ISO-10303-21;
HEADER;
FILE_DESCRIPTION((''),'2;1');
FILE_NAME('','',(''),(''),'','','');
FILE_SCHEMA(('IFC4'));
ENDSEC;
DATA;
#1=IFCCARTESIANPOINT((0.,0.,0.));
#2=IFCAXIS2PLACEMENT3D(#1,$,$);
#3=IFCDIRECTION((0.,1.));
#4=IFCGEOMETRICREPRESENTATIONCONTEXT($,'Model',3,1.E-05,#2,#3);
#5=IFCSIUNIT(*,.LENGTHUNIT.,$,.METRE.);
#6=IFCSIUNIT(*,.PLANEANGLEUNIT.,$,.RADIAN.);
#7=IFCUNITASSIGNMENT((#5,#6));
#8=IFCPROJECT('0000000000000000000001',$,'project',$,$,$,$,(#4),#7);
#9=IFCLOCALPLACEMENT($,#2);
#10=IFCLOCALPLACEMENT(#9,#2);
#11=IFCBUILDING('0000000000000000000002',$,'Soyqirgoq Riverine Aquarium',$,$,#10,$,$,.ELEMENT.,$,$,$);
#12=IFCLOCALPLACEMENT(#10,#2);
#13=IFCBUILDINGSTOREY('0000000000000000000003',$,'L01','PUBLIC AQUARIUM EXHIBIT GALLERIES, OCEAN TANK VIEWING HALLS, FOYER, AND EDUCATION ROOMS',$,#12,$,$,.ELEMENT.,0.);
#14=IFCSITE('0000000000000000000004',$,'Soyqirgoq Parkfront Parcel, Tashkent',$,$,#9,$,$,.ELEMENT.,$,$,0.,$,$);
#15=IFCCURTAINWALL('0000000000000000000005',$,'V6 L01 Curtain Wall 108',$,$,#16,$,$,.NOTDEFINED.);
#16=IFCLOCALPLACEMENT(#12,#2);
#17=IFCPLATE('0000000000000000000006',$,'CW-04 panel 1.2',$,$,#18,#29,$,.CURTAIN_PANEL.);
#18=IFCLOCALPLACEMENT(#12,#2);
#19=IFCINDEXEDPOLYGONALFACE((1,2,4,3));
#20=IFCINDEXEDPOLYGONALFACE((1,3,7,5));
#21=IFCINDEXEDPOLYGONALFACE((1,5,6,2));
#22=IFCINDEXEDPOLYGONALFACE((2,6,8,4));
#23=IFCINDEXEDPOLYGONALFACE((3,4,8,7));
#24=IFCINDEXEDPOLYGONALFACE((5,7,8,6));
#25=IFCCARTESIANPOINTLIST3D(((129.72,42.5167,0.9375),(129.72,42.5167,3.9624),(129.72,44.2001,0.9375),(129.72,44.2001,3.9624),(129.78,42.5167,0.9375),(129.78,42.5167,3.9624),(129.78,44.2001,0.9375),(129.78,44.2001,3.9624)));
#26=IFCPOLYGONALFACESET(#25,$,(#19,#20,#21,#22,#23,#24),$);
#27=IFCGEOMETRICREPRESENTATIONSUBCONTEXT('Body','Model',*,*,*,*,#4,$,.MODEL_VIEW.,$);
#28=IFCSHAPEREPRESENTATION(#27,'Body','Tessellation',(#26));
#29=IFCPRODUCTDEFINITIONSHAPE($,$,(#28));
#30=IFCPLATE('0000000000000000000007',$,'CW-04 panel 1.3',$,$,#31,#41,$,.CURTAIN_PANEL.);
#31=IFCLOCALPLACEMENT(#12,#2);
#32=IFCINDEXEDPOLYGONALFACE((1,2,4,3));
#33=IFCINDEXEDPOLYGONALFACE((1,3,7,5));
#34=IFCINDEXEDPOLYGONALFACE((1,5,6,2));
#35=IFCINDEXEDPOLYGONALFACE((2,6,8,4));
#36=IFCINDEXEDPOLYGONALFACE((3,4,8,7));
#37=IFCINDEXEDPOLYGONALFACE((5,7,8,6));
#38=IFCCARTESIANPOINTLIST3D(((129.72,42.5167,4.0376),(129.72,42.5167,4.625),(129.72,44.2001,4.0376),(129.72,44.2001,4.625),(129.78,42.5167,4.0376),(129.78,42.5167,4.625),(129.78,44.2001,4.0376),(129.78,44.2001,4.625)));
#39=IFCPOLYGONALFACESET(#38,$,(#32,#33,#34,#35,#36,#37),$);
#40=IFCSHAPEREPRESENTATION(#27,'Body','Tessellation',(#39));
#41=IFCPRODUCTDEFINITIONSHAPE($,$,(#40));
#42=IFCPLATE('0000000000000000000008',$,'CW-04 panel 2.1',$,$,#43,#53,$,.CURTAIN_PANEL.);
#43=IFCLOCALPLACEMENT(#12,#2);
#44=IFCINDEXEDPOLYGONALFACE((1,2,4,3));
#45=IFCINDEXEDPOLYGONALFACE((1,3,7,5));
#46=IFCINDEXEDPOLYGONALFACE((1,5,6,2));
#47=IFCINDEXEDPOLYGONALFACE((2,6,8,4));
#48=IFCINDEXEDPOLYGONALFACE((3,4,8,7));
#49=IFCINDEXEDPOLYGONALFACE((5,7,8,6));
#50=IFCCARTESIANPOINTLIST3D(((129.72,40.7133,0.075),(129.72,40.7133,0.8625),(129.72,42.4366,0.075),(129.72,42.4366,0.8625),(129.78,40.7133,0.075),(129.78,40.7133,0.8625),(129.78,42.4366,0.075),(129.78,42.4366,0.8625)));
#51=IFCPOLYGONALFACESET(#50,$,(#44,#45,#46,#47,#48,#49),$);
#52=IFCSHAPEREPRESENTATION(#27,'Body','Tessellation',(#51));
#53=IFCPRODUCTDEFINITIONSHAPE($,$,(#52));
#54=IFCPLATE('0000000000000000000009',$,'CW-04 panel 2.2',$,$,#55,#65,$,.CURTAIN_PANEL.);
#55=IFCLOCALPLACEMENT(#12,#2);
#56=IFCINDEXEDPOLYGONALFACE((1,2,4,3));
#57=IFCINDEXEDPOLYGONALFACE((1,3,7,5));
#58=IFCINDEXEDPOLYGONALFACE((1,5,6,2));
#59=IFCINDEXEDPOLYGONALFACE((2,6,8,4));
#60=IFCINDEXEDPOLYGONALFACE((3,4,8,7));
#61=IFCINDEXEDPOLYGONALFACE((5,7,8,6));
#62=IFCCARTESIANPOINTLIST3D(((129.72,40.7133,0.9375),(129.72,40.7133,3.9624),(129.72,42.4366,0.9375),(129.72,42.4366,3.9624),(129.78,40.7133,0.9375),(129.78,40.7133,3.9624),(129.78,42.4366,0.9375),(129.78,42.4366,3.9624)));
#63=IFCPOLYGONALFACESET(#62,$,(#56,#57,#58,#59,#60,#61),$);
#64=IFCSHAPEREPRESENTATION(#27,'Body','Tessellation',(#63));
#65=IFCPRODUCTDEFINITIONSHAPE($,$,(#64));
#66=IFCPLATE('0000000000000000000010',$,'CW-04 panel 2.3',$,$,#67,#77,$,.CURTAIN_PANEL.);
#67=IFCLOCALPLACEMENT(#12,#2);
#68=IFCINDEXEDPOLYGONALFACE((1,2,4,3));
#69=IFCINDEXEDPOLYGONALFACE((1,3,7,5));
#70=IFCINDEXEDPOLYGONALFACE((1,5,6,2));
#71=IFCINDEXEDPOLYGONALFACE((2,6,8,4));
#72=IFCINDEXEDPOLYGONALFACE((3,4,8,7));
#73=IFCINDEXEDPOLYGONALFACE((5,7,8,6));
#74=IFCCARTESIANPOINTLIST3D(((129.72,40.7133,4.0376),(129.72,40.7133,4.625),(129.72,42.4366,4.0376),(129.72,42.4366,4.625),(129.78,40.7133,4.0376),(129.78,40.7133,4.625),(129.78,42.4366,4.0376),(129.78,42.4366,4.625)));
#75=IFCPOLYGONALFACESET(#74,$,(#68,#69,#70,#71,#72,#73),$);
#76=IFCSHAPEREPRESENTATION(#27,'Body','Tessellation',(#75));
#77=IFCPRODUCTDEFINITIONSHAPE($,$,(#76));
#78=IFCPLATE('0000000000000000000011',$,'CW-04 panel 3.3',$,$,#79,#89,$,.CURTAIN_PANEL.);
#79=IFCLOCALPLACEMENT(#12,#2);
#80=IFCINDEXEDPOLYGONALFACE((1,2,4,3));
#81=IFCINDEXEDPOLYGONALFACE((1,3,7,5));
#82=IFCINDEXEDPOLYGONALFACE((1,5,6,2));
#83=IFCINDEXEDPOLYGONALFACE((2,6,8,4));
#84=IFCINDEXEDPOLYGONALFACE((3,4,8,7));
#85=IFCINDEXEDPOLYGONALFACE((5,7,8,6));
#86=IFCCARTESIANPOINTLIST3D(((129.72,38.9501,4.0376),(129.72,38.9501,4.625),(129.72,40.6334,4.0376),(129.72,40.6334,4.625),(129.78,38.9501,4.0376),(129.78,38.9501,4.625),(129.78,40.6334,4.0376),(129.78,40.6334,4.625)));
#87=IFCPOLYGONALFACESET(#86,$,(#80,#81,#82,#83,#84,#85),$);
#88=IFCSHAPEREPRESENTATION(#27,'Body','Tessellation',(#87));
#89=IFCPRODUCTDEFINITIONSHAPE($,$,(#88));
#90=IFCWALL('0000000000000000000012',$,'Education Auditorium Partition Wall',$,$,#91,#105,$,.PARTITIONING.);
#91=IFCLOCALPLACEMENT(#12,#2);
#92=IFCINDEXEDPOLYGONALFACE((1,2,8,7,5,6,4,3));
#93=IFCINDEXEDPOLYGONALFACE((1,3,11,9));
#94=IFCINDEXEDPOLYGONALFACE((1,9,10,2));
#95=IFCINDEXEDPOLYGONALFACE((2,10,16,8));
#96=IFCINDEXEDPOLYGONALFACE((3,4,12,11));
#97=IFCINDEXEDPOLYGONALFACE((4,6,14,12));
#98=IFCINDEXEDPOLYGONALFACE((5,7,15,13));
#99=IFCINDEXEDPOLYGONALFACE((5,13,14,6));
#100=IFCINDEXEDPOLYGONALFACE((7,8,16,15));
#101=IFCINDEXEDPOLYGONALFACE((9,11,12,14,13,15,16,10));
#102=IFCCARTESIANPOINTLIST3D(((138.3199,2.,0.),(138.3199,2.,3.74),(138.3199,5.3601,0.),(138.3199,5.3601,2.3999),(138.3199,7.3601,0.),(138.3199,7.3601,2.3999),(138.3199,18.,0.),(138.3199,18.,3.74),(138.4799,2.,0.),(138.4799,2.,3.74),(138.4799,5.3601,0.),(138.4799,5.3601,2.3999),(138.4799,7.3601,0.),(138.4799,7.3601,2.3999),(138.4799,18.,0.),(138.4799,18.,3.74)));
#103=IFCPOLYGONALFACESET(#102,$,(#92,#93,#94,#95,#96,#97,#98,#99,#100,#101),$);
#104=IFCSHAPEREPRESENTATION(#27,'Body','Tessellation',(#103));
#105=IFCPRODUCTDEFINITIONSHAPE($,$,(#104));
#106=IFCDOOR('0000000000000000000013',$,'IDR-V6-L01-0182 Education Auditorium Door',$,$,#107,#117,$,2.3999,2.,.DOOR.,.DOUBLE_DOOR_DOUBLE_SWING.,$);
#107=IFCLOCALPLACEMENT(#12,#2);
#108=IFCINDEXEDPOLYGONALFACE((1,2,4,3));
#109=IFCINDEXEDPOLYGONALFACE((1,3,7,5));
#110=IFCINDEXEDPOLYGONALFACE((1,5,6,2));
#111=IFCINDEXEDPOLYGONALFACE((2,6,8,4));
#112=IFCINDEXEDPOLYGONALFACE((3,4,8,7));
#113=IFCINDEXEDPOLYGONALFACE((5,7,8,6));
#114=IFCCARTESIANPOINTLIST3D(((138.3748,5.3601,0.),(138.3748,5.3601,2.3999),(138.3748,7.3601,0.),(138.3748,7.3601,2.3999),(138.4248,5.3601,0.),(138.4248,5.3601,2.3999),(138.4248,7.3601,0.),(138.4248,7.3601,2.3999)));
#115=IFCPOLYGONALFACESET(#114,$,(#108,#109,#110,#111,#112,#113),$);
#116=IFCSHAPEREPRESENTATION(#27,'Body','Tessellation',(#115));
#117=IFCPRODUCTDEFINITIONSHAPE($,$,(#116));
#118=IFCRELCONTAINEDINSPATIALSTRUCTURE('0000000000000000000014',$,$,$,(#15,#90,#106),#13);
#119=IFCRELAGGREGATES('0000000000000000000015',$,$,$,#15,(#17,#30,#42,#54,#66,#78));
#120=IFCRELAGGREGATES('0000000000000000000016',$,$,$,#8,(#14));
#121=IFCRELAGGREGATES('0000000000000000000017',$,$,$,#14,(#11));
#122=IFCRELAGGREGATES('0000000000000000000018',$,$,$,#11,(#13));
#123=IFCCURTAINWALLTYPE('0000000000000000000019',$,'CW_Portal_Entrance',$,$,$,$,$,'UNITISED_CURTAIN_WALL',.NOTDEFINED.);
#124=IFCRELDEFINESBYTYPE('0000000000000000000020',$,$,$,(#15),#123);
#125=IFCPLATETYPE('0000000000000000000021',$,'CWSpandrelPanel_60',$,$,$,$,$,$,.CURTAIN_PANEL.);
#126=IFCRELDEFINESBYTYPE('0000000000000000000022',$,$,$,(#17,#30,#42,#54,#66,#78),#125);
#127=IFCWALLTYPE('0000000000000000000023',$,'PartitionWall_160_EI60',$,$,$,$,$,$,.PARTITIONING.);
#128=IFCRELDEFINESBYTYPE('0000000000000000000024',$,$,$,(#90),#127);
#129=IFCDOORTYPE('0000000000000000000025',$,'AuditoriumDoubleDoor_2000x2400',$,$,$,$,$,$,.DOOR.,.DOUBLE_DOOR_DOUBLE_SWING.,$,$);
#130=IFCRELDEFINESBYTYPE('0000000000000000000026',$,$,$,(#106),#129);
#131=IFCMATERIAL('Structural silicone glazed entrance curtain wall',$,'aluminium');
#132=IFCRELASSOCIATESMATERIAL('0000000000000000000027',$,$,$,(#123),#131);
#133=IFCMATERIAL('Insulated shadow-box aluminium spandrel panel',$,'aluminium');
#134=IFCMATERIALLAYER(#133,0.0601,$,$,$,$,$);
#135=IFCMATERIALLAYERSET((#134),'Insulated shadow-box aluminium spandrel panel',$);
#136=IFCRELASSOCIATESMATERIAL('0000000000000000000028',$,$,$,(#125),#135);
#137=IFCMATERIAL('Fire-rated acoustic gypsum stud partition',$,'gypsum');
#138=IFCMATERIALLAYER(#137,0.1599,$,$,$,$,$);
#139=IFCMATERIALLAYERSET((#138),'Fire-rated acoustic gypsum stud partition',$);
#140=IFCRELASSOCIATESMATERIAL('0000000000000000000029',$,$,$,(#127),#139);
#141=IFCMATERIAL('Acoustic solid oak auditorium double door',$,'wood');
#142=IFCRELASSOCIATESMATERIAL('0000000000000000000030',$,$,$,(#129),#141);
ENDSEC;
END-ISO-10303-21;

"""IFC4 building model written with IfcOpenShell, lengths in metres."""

from ifc_helpers import new_model, si_unit, direction, frame, frame_2d, origin, origin_2d, place, context, subcontext, project, spatial, rectangle, extrude, material, layer, layer_set, type_object, element, fill, aggregate, save


model = new_model("IFC4")

# Units and contexts
model_context = context("Model", 3, precision=1e-05, world=origin(), true_north=direction((0.0, 1.0)))
body_context = subcontext(model_context, "Body", "Model", "MODEL_VIEW")
ifc_project = project(units=[si_unit("LENGTHUNIT", "METRE"), si_unit("PLANEANGLEUNIT", "RADIAN")], contexts=[model_context])

# Site, building, storey
site_placement = place(None, origin())
site = spatial("IfcSite", under=ifc_project, at=site_placement, Name="Soyqirgoq Parkfront Parcel, Tashkent", CompositionType="ELEMENT", RefElevation=0.0)
building_placement = place(site_placement, origin())
building = spatial("IfcBuilding", under=site, at=building_placement, Name="Soyqirgoq Riverine Aquarium", CompositionType="ELEMENT")
storey_placement = place(building_placement, origin())
storey = spatial("IfcBuildingStorey", under=building, at=storey_placement, Name="L01", Description="PUBLIC AQUARIUM EXHIBIT GALLERIES, OCEAN TANK VIEWING HALLS, FOYER, AND EDUCATION ROOMS", CompositionType="ELEMENT", Elevation=0.0)

# Curtain wall
ifc_material_1 = material(Name="Structural silicone glazed entrance curtain wall", Category="aluminium")
curtain_wall_type = type_object("IfcCurtainWallType", Name="CW_Portal_Entrance", ElementType="UNITISED_CURTAIN_WALL", PredefinedType="NOTDEFINED", material=ifc_material_1)
curtain_wall_1_placement = place(storey_placement, origin())
curtain_wall_1 = element("IfcCurtainWall", 1, at=curtain_wall_1_placement, inside=storey, type_object=curtain_wall_type, Name="V6 L01 Curtain Wall 108", PredefinedType="NOTDEFINED")

# Plates
ifc_material_2 = material(Name="Insulated shadow-box aluminium spandrel panel", Category="aluminium")
ifc_layer_1 = layer(ifc_material_2, 0.0601)
ifc_layer_set_1 = layer_set([ifc_layer_1], Name="Insulated shadow-box aluminium spandrel panel")
plate_type = type_object("IfcPlateType", Name="CWSpandrelPanel_60", PredefinedType="CURTAIN_PANEL", material=ifc_layer_set_1)
plate_1_placement = place(storey_placement, frame((129.75, 43.3584, 0.9375), z_axis=(0.0, 0.0, 1.0), x_axis=(0.0, -1.0, 0.0)))
plate_1 = element("IfcPlate", 2, at=plate_1_placement, type_object=plate_type, Name="CW-04 panel 1.2", PredefinedType="CURTAIN_PANEL", context=body_context, shape_type="SweptSolid", body=[
    extrude(rectangle(XDim=1.6833, YDim=0.0601, at=origin_2d()), origin(), (0.0, 0.0, 1.0), 3.0249),
])
plate_2_placement = place(storey_placement, frame((129.75, 43.3584, 4.0376), z_axis=(0.0, 0.0, 1.0), x_axis=(0.0, -1.0, 0.0)))
plate_2 = element("IfcPlate", 3, at=plate_2_placement, type_object=plate_type, Name="CW-04 panel 1.3", PredefinedType="CURTAIN_PANEL", context=body_context, shape_type="SweptSolid", body=[
    extrude(rectangle(XDim=1.6833, YDim=0.0601, at=origin_2d()), origin(), (0.0, 0.0, 1.0), 0.5874),
])
plate_3_placement = place(storey_placement, frame((129.75, 41.575, 0.075), z_axis=(0.0, 0.0, 1.0), x_axis=(0.0, -1.0, 0.0)))
plate_3 = element("IfcPlate", 4, at=plate_3_placement, type_object=plate_type, Name="CW-04 panel 2.1", PredefinedType="CURTAIN_PANEL", context=body_context, shape_type="SweptSolid", body=[
    extrude(rectangle(XDim=1.7234, YDim=0.0601, at=origin_2d()), origin(), (0.0, 0.0, 1.0), 0.7876),
])
plate_4_placement = place(storey_placement, frame((129.75, 41.575, 0.9375), z_axis=(0.0, 0.0, 1.0), x_axis=(0.0, -1.0, 0.0)))
plate_4 = element("IfcPlate", 5, at=plate_4_placement, type_object=plate_type, Name="CW-04 panel 2.2", PredefinedType="CURTAIN_PANEL", context=body_context, shape_type="SweptSolid", body=[
    extrude(rectangle(XDim=1.7234, YDim=0.0601, at=origin_2d()), origin(), (0.0, 0.0, 1.0), 3.0249),
])
plate_5_placement = place(storey_placement, frame((129.75, 41.575, 4.0376), z_axis=(0.0, 0.0, 1.0), x_axis=(0.0, -1.0, 0.0)))
plate_5 = element("IfcPlate", 6, at=plate_5_placement, type_object=plate_type, Name="CW-04 panel 2.3", PredefinedType="CURTAIN_PANEL", context=body_context, shape_type="SweptSolid", body=[
    extrude(rectangle(XDim=1.7234, YDim=0.0601, at=origin_2d()), origin(), (0.0, 0.0, 1.0), 0.5874),
])
plate_6_placement = place(storey_placement, frame((129.75, 39.7917, 4.0376), z_axis=(0.0, 0.0, 1.0), x_axis=(0.0, -1.0, 0.0)))
plate_6 = element("IfcPlate", 7, at=plate_6_placement, type_object=plate_type, Name="CW-04 panel 3.3", PredefinedType="CURTAIN_PANEL", context=body_context, shape_type="SweptSolid", body=[
    extrude(rectangle(XDim=1.6833, YDim=0.0601, at=origin_2d()), origin(), (0.0, 0.0, 1.0), 0.5874),
])
aggregate(curtain_wall_1, [plate_1, plate_2, plate_3, plate_4, plate_5, plate_6])

# Wall, opening, door
ifc_material_3 = material(Name="Fire-rated acoustic gypsum stud partition", Category="gypsum")
ifc_layer_2 = layer(ifc_material_3, 0.1599)
ifc_layer_set_2 = layer_set([ifc_layer_2], Name="Fire-rated acoustic gypsum stud partition")
wall_type = type_object("IfcWallType", Name="PartitionWall_160_EI60", PredefinedType="PARTITIONING", material=ifc_layer_set_2)
wall_placement = place(storey_placement, frame((138.3999, 18.0, 0.0), z_axis=(0.0, 0.0, 1.0), x_axis=(0.0, -1.0, 0.0)))
wall = element("IfcWall", 8, at=wall_placement, inside=storey, type_object=wall_type, Name="Education Auditorium Partition Wall", PredefinedType="PARTITIONING", context=body_context, shape_type="SweptSolid", body=[
    extrude(rectangle(XDim=16.0, YDim=0.1599, at=frame_2d((8.0, 0.0))), origin(), (0.0, 0.0, 1.0), 3.74),
])
opening_placement = place(wall_placement, frame((10.6399, 0.0, 0.0)))
opening = element("IfcOpeningElement", 9, at=opening_placement, cuts=wall, PredefinedType="OPENING", context=body_context, shape_type="SweptSolid", body=[
    extrude(rectangle(XDim=2.0, YDim=2.3999, at=frame_2d((1.0, 1.2))), frame((0.0, 0.0898, 0.0), z_axis=(0.0, -1.0, 0.0), x_axis=(1.0, 0.0, 0.0)), (0.0, 0.0, 1.0), 0.1799),
])
ifc_material_4 = material(Name="Acoustic solid oak auditorium double door", Category="wood")
door_type = type_object("IfcDoorType", Name="AuditoriumDoubleDoor_2000x2400", OperationType="DOUBLE_DOOR_DOUBLE_SWING", PredefinedType="DOOR", material=ifc_material_4)
door_placement = place(opening_placement, origin())
door = element("IfcDoor", 10, at=door_placement, inside=storey, type_object=door_type, Name="IDR-V6-L01-0182 Education Auditorium Door", OperationType="DOUBLE_DOOR_DOUBLE_SWING", OverallHeight=2.3999, OverallWidth=2.0, PredefinedType="DOOR", context=body_context, shape_type="SweptSolid", body=[
    extrude(rectangle(XDim=2.0, YDim=2.3999, at=frame_2d((1.0, 1.2))), frame((0.0, 0.0249, 0.0), z_axis=(0.0, -1.0, 0.0), x_axis=(1.0, 0.0, 0.0)), (0.0, 0.0, 1.0), 0.05),
])
fill(opening, door)

save(model, "model.ifc")
